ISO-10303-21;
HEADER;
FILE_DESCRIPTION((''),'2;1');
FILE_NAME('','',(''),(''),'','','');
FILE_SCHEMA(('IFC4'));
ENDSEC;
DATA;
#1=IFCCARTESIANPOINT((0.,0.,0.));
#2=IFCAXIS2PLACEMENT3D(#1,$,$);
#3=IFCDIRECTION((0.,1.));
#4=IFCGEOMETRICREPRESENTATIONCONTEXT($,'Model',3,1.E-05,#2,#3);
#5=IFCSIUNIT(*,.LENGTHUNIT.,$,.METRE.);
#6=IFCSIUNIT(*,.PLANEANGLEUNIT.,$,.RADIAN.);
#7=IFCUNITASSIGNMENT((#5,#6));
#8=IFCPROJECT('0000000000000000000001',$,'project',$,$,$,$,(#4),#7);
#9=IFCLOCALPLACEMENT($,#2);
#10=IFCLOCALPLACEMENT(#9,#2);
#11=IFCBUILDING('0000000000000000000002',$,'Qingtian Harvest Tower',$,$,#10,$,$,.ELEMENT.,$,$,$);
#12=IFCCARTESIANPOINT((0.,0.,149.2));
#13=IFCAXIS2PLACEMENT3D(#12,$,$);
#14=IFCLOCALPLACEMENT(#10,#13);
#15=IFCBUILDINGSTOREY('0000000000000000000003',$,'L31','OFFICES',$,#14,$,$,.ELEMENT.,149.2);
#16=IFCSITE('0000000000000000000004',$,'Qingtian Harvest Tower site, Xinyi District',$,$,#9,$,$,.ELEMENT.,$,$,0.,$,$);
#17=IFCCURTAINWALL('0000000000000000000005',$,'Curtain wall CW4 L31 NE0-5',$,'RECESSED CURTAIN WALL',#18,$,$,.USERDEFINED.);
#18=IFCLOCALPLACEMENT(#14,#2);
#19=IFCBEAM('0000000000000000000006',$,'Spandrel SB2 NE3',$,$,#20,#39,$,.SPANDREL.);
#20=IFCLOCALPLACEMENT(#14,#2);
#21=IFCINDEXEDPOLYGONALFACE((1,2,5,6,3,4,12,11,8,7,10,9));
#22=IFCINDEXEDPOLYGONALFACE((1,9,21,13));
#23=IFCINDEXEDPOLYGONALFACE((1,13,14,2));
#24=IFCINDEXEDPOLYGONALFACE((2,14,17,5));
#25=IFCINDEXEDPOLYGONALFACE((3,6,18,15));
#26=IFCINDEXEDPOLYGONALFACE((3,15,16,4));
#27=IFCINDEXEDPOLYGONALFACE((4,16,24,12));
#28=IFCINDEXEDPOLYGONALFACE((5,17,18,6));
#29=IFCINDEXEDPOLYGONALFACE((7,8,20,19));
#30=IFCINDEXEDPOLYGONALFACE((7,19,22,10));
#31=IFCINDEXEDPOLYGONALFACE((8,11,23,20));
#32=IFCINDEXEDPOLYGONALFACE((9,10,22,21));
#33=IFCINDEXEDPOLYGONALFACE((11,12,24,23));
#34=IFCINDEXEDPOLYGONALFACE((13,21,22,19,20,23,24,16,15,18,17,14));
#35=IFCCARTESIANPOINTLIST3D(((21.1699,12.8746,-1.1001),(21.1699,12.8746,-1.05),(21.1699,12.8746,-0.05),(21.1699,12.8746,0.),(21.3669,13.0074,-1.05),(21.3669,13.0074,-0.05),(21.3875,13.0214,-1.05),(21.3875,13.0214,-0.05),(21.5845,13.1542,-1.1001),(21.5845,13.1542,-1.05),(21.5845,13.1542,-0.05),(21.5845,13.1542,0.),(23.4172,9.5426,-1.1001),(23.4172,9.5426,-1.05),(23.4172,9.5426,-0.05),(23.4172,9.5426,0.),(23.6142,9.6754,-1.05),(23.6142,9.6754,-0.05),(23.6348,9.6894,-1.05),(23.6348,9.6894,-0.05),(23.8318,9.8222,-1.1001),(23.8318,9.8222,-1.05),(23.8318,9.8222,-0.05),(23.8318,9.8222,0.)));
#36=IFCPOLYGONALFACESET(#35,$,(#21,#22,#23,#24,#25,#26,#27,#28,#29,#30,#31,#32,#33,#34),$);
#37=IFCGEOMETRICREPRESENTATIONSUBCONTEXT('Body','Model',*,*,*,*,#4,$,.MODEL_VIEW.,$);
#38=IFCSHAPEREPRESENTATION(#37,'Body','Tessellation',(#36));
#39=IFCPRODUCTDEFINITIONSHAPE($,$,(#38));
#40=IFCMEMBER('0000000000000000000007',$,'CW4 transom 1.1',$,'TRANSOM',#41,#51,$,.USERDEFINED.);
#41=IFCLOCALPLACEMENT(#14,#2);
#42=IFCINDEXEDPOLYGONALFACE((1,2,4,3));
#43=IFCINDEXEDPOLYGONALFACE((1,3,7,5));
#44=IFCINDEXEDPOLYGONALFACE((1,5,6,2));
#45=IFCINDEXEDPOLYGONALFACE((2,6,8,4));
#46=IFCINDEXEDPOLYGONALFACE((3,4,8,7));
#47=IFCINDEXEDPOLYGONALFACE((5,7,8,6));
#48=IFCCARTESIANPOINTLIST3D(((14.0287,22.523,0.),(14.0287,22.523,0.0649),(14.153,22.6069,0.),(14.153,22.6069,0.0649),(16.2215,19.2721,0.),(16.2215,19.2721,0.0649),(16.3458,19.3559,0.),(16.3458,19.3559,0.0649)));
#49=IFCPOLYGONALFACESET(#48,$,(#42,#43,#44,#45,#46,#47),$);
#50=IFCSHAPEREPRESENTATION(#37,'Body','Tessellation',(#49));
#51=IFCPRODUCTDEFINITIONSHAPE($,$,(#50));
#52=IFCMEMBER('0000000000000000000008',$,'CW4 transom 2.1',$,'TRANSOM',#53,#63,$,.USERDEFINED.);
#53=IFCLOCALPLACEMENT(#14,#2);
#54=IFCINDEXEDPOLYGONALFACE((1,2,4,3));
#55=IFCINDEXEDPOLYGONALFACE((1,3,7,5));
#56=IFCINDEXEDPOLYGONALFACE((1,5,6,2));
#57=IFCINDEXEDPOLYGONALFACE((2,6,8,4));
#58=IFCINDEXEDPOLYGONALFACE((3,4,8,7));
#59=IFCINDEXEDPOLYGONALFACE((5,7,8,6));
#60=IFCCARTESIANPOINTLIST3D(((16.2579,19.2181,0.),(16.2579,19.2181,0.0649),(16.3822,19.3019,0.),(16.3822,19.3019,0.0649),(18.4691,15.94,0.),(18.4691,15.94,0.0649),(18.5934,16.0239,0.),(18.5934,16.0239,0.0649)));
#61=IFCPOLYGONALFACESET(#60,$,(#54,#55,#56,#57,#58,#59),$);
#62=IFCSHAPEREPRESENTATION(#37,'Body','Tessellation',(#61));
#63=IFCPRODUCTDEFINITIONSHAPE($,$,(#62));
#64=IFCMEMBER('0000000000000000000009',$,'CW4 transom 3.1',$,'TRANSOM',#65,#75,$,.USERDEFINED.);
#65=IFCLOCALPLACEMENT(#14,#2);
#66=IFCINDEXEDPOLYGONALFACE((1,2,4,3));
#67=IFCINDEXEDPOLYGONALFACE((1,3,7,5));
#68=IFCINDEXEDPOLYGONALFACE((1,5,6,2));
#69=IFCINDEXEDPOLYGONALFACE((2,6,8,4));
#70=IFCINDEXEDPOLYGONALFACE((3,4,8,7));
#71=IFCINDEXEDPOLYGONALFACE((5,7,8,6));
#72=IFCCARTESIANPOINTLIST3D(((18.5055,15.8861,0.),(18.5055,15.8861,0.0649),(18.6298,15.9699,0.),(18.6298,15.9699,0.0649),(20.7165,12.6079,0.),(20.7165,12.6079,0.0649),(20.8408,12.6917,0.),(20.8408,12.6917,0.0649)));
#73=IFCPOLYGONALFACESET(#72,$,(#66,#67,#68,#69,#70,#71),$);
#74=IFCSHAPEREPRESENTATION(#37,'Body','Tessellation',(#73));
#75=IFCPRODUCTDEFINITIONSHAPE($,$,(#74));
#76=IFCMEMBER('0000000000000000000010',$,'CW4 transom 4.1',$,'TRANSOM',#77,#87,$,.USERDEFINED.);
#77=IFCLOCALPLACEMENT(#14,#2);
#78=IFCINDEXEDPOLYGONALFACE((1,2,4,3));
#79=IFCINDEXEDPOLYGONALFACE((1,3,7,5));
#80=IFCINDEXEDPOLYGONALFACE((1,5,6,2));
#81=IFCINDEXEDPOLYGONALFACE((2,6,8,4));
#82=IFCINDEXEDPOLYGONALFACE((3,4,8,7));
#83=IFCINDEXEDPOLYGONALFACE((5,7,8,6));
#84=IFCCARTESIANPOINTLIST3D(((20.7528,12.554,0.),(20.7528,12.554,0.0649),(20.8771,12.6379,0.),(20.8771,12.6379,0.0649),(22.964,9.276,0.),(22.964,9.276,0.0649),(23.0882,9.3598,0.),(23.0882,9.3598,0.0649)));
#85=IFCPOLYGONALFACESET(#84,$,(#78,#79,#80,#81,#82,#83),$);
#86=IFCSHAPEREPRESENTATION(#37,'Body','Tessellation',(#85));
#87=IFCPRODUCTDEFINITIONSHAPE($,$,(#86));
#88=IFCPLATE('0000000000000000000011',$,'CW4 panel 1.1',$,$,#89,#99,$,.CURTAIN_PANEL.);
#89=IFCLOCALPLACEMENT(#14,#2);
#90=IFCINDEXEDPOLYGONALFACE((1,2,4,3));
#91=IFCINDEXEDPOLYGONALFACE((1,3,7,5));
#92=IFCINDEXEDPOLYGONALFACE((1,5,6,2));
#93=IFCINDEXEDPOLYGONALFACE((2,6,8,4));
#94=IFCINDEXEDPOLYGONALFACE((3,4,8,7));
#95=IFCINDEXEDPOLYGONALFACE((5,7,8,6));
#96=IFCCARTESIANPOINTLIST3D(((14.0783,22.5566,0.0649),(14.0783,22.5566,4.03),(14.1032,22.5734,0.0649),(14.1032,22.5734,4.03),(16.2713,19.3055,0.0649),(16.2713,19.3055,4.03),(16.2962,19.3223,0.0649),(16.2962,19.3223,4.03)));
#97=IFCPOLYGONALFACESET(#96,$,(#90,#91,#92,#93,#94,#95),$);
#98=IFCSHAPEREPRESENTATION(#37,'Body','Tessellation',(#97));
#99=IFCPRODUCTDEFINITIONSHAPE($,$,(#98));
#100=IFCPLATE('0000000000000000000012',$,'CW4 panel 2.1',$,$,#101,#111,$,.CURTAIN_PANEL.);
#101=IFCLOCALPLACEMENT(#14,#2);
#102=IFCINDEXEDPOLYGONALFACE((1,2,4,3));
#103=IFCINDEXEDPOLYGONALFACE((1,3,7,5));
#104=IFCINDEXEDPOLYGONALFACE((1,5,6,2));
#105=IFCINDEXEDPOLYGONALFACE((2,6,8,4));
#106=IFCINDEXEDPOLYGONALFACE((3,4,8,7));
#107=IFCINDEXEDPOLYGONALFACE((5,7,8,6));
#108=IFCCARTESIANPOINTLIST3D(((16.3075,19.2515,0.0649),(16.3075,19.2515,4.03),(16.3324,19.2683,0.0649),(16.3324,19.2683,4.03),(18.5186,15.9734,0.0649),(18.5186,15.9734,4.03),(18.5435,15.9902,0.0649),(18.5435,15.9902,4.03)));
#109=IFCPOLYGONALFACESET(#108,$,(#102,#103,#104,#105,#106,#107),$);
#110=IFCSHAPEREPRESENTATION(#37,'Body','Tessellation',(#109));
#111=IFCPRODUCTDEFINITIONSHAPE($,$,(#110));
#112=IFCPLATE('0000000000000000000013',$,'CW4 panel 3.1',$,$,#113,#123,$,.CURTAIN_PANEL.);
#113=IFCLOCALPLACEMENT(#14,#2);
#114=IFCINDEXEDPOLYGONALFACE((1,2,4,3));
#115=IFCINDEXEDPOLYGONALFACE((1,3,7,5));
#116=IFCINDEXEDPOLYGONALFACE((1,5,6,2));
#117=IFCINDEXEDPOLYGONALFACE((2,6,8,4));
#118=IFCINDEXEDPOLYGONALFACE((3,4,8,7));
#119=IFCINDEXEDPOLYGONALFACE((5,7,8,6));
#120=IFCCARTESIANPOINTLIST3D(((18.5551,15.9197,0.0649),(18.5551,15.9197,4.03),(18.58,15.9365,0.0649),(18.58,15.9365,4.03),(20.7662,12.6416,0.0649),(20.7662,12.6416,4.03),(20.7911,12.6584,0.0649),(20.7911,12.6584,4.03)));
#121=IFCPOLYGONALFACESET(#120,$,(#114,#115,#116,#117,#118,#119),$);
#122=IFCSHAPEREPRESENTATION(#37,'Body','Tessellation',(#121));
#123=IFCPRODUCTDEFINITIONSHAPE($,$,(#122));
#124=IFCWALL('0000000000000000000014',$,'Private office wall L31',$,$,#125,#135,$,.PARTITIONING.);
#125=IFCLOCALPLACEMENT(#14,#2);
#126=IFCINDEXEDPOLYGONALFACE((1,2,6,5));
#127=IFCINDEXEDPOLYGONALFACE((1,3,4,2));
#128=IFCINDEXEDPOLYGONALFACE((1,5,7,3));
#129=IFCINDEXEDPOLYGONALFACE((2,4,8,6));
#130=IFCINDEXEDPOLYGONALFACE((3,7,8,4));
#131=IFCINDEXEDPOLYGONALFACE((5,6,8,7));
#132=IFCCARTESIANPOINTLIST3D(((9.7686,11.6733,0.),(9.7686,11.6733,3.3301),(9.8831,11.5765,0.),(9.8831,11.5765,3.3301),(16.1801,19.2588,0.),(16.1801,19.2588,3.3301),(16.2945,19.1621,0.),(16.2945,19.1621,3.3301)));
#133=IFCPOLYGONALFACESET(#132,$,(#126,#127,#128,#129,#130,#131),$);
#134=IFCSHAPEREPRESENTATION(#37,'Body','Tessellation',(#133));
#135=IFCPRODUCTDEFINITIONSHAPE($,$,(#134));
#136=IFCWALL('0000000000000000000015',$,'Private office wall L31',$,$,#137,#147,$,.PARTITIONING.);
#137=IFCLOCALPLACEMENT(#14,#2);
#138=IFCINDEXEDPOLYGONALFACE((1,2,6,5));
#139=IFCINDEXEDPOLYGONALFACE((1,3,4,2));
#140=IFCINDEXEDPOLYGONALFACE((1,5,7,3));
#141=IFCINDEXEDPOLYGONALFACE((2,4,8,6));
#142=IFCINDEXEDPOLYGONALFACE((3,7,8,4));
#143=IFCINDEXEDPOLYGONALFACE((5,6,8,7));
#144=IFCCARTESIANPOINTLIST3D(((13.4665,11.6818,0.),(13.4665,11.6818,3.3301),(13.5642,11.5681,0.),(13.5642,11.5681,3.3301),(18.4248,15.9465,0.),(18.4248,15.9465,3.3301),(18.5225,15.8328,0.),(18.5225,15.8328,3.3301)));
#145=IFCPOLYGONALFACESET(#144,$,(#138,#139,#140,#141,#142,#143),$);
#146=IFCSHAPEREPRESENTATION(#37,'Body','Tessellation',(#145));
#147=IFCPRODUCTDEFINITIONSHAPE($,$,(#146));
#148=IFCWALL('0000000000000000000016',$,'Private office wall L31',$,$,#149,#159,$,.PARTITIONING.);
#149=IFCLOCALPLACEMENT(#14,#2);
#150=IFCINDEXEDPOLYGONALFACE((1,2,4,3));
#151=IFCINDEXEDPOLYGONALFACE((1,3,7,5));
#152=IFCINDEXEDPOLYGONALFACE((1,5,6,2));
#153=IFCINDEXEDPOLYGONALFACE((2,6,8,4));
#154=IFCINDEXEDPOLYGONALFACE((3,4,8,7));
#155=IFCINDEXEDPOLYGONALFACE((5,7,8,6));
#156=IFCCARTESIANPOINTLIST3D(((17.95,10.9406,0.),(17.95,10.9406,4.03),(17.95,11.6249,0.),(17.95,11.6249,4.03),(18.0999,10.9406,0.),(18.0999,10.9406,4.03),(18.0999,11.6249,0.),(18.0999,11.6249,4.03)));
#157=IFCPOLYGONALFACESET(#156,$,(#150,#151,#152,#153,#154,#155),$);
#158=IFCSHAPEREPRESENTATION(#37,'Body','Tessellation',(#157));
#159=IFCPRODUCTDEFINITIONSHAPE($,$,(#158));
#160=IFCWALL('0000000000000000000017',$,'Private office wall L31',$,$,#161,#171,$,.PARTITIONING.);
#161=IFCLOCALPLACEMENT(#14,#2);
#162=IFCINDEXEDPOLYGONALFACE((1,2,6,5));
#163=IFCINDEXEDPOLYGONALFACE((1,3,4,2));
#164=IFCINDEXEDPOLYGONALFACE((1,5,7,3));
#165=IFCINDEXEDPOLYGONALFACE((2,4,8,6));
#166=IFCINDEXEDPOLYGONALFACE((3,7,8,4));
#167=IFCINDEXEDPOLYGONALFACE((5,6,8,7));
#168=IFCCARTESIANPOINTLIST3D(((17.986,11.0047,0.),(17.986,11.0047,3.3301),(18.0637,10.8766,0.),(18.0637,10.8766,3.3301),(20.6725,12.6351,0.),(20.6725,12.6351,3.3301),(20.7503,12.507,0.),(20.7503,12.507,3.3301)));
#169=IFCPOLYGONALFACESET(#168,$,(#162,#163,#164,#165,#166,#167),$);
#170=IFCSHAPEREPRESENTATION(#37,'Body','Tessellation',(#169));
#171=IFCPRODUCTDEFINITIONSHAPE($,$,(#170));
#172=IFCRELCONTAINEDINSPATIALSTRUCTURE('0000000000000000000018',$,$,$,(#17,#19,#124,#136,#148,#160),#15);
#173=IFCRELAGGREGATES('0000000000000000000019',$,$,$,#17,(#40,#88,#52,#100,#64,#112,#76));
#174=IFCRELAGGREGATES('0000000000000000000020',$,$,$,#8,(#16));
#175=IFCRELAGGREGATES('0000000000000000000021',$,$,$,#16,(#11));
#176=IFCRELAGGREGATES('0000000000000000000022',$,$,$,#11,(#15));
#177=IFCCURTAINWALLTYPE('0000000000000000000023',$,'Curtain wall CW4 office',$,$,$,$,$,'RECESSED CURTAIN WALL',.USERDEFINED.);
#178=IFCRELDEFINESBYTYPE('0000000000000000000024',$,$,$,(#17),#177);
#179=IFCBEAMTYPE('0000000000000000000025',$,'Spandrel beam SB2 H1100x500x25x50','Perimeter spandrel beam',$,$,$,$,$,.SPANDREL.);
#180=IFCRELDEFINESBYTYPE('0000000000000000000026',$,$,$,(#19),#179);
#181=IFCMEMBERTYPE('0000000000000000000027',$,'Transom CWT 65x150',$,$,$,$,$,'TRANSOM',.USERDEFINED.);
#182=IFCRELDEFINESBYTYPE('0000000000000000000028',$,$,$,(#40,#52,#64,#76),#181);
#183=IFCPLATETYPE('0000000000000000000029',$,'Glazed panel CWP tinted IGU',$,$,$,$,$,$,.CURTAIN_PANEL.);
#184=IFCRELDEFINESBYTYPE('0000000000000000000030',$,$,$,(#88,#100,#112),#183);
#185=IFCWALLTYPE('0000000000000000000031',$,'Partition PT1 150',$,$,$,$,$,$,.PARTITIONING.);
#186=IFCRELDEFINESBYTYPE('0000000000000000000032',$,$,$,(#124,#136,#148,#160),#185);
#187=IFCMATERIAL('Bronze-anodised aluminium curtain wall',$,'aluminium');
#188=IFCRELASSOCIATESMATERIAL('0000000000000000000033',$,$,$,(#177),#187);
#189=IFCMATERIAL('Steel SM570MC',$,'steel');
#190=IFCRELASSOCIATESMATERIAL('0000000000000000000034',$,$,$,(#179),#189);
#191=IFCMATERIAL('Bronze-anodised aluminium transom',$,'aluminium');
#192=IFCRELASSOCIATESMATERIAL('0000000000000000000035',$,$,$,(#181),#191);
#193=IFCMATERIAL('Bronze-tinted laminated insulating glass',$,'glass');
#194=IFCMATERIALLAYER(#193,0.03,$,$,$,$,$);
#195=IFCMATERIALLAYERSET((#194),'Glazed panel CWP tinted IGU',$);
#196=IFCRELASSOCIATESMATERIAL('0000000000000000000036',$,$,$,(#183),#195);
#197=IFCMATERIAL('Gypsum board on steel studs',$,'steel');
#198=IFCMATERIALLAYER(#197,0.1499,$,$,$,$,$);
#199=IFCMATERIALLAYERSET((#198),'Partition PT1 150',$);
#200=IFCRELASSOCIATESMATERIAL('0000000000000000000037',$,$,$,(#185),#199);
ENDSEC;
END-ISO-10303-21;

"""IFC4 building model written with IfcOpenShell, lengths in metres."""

from ifc_helpers import new_model, si_unit, direction, frame, frame_2d, origin, origin_2d, place, context, subcontext, project, spatial, rectangle, i_section, extrude, material, layer, layer_set, material_profile, profile_set, type_object, element, aggregate, save


model = new_model("IFC4")

# Units and contexts
model_context = context("Model", 3, precision=1e-05, world=origin(), true_north=direction((0.0, 1.0)))
body_context = subcontext(model_context, "Body", "Model", "MODEL_VIEW")
ifc_project = project(units=[si_unit("LENGTHUNIT", "METRE"), si_unit("PLANEANGLEUNIT", "RADIAN")], contexts=[model_context])

# Site, building, storey
site_placement = place(None, origin())
site = spatial("IfcSite", under=ifc_project, at=site_placement, Name="Qingtian Harvest Tower site, Xinyi District", CompositionType="ELEMENT", RefElevation=0.0)
building_placement = place(site_placement, origin())
building = spatial("IfcBuilding", under=site, at=building_placement, Name="Qingtian Harvest Tower", CompositionType="ELEMENT")
storey_placement = place(building_placement, frame((0.0, 0.0, 149.2)))
storey = spatial("IfcBuildingStorey", under=building, at=storey_placement, Name="L31", Description="OFFICES", CompositionType="ELEMENT", Elevation=149.2)

# Shared definitions
ifc_material_1 = material(Name="Bronze-anodised aluminium curtain wall", Category="aluminium")
curtain_wall_type = type_object("IfcCurtainWallType", Name="Curtain wall CW4 office", ElementType="RECESSED CURTAIN WALL", PredefinedType="USERDEFINED", material=ifc_material_1)

# Curtain wall
curtain_wall_1_placement = place(storey_placement, origin())
curtain_wall_1 = element("IfcCurtainWall", 1, at=curtain_wall_1_placement, inside=storey, type_object=curtain_wall_type, Name="Curtain wall CW4 L31 NE0-5", ObjectType="RECESSED CURTAIN WALL", PredefinedType="USERDEFINED")

# Beam
ifc_material_2 = material(Name="Steel SM570MC", Category="steel")
ifc_material_profile_1 = material_profile(ifc_material_2, i_section(OverallWidth=0.5, OverallDepth=1.1001, WebThickness=0.0249, FlangeThickness=0.05, at=origin_2d()), Name="H1100x500x25x50")
ifc_profile_set_1 = profile_set([ifc_material_profile_1], Name="Steel SM570MC")
beam_type_1 = type_object("IfcBeamType", Name="Spandrel beam SB2 H1100x500x25x50", Description="Perimeter spandrel beam", PredefinedType="SPANDREL", material=ifc_profile_set_1)
beam_1_placement = place(storey_placement, frame((21.3772, 13.0144, -0.55), z_axis=(0.559164, -0.829057, 0.0), x_axis=(0.829057, 0.559164, 0.0)))
element("IfcBeam", 2, at=beam_1_placement, inside=storey, type_object=beam_type_1, Name="Spandrel SB2 NE3", PredefinedType="SPANDREL", context=body_context, shape_type="SweptSolid", body=[
    extrude(i_section(OverallWidth=0.5, OverallDepth=1.1001, WebThickness=0.0249, FlangeThickness=0.05, at=origin_2d()), origin(), (0.0, 0.0, 1.0), 4.019),
])

# Members
ifc_material_3 = material(Name="Bronze-anodised aluminium transom", Category="aluminium")
ifc_material_profile_2 = material_profile(ifc_material_3, rectangle(XDim=0.1499, YDim=0.0649, at=origin_2d()), Name="AL 65x150")
ifc_profile_set_2 = profile_set([ifc_material_profile_2], Name="Bronze-anodised aluminium transom")
member_type_1 = type_object("IfcMemberType", Name="Transom CWT 65x150", ElementType="TRANSOM", PredefinedType="USERDEFINED", material=ifc_profile_set_2)
member_1_placement = place(storey_placement, frame((14.0908, 22.5649, 0.0325), z_axis=(0.559203, -0.829031, 0.0), x_axis=(0.829031, 0.559203, 0.0)))
member_1 = element("IfcMember", 3, at=member_1_placement, type_object=member_type_1, Name="CW4 transom 1.1", ObjectType="TRANSOM", PredefinedType="USERDEFINED", context=body_context, shape_type="SweptSolid", body=[
    extrude(rectangle(XDim=0.1499, YDim=0.0649, at=origin_2d()), origin(), (0.0, 0.0, 1.0), 3.9214),
])
member_2_placement = place(storey_placement, frame((16.3201, 19.26, 0.0325), z_axis=(0.559209, -0.829027, 0.0), x_axis=(0.829027, 0.559209, 0.0)))
member_2 = element("IfcMember", 4, at=member_2_placement, type_object=member_type_1, Name="CW4 transom 2.1", ObjectType="TRANSOM", PredefinedType="USERDEFINED", context=body_context, shape_type="SweptSolid", body=[
    extrude(rectangle(XDim=0.1499, YDim=0.0649, at=origin_2d()), origin(), (0.0, 0.0, 1.0), 3.9541),
])
member_3_placement = place(storey_placement, frame((18.5676, 15.928, 0.0325), z_axis=(0.559166, -0.829055, 0.0), x_axis=(0.829055, 0.559166, 0.0)))
member_3 = element("IfcMember", 5, at=member_3_placement, type_object=member_type_1, Name="CW4 transom 3.1", ObjectType="TRANSOM", PredefinedType="USERDEFINED", context=body_context, shape_type="SweptSolid", body=[
    extrude(rectangle(XDim=0.1499, YDim=0.0649, at=origin_2d()), origin(), (0.0, 0.0, 1.0), 3.9541),
])
member_4_placement = place(storey_placement, frame((20.8149, 12.5959, 0.0325), z_axis=(0.559209, -0.829027, 0.0), x_axis=(0.829027, 0.559209, 0.0)))
member_4 = element("IfcMember", 6, at=member_4_placement, type_object=member_type_1, Name="CW4 transom 4.1", ObjectType="TRANSOM", PredefinedType="USERDEFINED", context=body_context, shape_type="SweptSolid", body=[
    extrude(rectangle(XDim=0.1499, YDim=0.0649, at=origin_2d()), origin(), (0.0, 0.0, 1.0), 3.9541),
])

# Plates
ifc_material_4 = material(Name="Bronze-tinted laminated insulating glass", Category="glass")
ifc_layer_1 = layer(ifc_material_4, 0.03)
ifc_layer_set_1 = layer_set([ifc_layer_1], Name="Glazed panel CWP tinted IGU")
plate_type = type_object("IfcPlateType", Name="Glazed panel CWP tinted IGU", PredefinedType="CURTAIN_PANEL", material=ifc_layer_set_1)
plate_1_placement = place(storey_placement, frame((15.1873, 20.9395, 0.0649), z_axis=(0.0, 0.0, 1.0), x_axis=(0.559193, -0.829038, 0.0)))
plate_1 = element("IfcPlate", 7, at=plate_1_placement, type_object=plate_type, Name="CW4 panel 1.1", PredefinedType="CURTAIN_PANEL", context=body_context, shape_type="SweptSolid", body=[
    extrude(rectangle(XDim=3.9216, YDim=0.03, at=origin_2d()), origin(), (0.0, 0.0, 1.0), 3.9651),
])
plate_2_placement = place(storey_placement, frame((17.4255, 17.6208, 0.0649), z_axis=(0.0, 0.0, 1.0), x_axis=(0.559193, -0.829038, 0.0)))
plate_2 = element("IfcPlate", 8, at=plate_2_placement, type_object=plate_type, Name="CW4 panel 2.1", PredefinedType="CURTAIN_PANEL", context=body_context, shape_type="SweptSolid", body=[
    extrude(rectangle(XDim=3.9541, YDim=0.03, at=origin_2d()), origin(), (0.0, 0.0, 1.0), 3.9651),
])
plate_3_placement = place(storey_placement, frame((19.6731, 14.2891, 0.0649), z_axis=(0.0, 0.0, 1.0), x_axis=(0.559193, -0.829038, 0.0)))
plate_3 = element("IfcPlate", 9, at=plate_3_placement, type_object=plate_type, Name="CW4 panel 3.1", PredefinedType="CURTAIN_PANEL", context=body_context, shape_type="SweptSolid", body=[
    extrude(rectangle(XDim=3.9541, YDim=0.03, at=origin_2d()), origin(), (0.0, 0.0, 1.0), 3.9651),
])
aggregate(curtain_wall_1, [member_1, plate_1, member_2, plate_2, member_3, plate_3, member_4])

# Walls
ifc_material_5 = material(Name="Gypsum board on steel studs", Category="steel")
ifc_layer_2 = layer(ifc_material_5, 0.1499)
ifc_layer_set_2 = layer_set([ifc_layer_2], Name="Partition PT1 150")
wall_type = type_object("IfcWallType", Name="Partition PT1 150", PredefinedType="PARTITIONING", material=ifc_layer_set_2)
wall_1_placement = place(storey_placement, frame((16.2373, 19.2104, 0.0), z_axis=(0.0, 0.0, 1.0), x_axis=(-0.645527, -0.763738, 0.0)))
element("IfcWall", 10, at=wall_1_placement, inside=storey, type_object=wall_type, Name="Private office wall L31", PredefinedType="PARTITIONING", context=body_context, shape_type="SweptSolid", body=[
    extrude(rectangle(XDim=9.9321, YDim=0.1499, at=frame_2d((4.9661, 0.0))), origin(), (0.0, 0.0, 1.0), 3.3301),
])
wall_2_placement = place(storey_placement, frame((18.4736, 15.8896, 0.0), z_axis=(0.0, 0.0, 1.0), x_axis=(-0.758143, -0.652088, 0.0)))
element("IfcWall", 11, at=wall_2_placement, inside=storey, type_object=wall_type, Name="Private office wall L31", PredefinedType="PARTITIONING", context=body_context, shape_type="SweptSolid", body=[
    extrude(rectangle(XDim=6.54, YDim=0.1499, at=frame_2d((3.27, 0.0))), origin(), (0.0, 0.0, 1.0), 3.3301),
])
wall_3_placement = place(storey_placement, frame((18.0249, 11.625, 0.0), z_axis=(0.0, 0.0, 1.0), x_axis=(0.0, -1.0, 0.0)))
element("IfcWall", 12, at=wall_3_placement, inside=storey, type_object=wall_type, Name="Private office wall L31", PredefinedType="PARTITIONING", context=body_context, shape_type="SweptSolid", body=[
    extrude(rectangle(XDim=0.6843, YDim=0.1499, at=frame_2d((0.3423, 0.0))), origin(), (0.0, 0.0, 1.0), 4.03),
])
wall_4_placement = place(storey_placement, frame((20.7114, 12.571, 0.0), z_axis=(0.0, 0.0, 1.0), x_axis=(-0.854891, -0.518808, 0.0)))
element("IfcWall", 13, at=wall_4_placement, inside=storey, type_object=wall_type, Name="Private office wall L31", PredefinedType="PARTITIONING", context=body_context, shape_type="SweptSolid", body=[
    extrude(rectangle(XDim=3.1426, YDim=0.1499, at=frame_2d((1.5713, 0.0))), origin(), (0.0, 0.0, 1.0), 3.3301),
])

save(model, "model.ifc")
